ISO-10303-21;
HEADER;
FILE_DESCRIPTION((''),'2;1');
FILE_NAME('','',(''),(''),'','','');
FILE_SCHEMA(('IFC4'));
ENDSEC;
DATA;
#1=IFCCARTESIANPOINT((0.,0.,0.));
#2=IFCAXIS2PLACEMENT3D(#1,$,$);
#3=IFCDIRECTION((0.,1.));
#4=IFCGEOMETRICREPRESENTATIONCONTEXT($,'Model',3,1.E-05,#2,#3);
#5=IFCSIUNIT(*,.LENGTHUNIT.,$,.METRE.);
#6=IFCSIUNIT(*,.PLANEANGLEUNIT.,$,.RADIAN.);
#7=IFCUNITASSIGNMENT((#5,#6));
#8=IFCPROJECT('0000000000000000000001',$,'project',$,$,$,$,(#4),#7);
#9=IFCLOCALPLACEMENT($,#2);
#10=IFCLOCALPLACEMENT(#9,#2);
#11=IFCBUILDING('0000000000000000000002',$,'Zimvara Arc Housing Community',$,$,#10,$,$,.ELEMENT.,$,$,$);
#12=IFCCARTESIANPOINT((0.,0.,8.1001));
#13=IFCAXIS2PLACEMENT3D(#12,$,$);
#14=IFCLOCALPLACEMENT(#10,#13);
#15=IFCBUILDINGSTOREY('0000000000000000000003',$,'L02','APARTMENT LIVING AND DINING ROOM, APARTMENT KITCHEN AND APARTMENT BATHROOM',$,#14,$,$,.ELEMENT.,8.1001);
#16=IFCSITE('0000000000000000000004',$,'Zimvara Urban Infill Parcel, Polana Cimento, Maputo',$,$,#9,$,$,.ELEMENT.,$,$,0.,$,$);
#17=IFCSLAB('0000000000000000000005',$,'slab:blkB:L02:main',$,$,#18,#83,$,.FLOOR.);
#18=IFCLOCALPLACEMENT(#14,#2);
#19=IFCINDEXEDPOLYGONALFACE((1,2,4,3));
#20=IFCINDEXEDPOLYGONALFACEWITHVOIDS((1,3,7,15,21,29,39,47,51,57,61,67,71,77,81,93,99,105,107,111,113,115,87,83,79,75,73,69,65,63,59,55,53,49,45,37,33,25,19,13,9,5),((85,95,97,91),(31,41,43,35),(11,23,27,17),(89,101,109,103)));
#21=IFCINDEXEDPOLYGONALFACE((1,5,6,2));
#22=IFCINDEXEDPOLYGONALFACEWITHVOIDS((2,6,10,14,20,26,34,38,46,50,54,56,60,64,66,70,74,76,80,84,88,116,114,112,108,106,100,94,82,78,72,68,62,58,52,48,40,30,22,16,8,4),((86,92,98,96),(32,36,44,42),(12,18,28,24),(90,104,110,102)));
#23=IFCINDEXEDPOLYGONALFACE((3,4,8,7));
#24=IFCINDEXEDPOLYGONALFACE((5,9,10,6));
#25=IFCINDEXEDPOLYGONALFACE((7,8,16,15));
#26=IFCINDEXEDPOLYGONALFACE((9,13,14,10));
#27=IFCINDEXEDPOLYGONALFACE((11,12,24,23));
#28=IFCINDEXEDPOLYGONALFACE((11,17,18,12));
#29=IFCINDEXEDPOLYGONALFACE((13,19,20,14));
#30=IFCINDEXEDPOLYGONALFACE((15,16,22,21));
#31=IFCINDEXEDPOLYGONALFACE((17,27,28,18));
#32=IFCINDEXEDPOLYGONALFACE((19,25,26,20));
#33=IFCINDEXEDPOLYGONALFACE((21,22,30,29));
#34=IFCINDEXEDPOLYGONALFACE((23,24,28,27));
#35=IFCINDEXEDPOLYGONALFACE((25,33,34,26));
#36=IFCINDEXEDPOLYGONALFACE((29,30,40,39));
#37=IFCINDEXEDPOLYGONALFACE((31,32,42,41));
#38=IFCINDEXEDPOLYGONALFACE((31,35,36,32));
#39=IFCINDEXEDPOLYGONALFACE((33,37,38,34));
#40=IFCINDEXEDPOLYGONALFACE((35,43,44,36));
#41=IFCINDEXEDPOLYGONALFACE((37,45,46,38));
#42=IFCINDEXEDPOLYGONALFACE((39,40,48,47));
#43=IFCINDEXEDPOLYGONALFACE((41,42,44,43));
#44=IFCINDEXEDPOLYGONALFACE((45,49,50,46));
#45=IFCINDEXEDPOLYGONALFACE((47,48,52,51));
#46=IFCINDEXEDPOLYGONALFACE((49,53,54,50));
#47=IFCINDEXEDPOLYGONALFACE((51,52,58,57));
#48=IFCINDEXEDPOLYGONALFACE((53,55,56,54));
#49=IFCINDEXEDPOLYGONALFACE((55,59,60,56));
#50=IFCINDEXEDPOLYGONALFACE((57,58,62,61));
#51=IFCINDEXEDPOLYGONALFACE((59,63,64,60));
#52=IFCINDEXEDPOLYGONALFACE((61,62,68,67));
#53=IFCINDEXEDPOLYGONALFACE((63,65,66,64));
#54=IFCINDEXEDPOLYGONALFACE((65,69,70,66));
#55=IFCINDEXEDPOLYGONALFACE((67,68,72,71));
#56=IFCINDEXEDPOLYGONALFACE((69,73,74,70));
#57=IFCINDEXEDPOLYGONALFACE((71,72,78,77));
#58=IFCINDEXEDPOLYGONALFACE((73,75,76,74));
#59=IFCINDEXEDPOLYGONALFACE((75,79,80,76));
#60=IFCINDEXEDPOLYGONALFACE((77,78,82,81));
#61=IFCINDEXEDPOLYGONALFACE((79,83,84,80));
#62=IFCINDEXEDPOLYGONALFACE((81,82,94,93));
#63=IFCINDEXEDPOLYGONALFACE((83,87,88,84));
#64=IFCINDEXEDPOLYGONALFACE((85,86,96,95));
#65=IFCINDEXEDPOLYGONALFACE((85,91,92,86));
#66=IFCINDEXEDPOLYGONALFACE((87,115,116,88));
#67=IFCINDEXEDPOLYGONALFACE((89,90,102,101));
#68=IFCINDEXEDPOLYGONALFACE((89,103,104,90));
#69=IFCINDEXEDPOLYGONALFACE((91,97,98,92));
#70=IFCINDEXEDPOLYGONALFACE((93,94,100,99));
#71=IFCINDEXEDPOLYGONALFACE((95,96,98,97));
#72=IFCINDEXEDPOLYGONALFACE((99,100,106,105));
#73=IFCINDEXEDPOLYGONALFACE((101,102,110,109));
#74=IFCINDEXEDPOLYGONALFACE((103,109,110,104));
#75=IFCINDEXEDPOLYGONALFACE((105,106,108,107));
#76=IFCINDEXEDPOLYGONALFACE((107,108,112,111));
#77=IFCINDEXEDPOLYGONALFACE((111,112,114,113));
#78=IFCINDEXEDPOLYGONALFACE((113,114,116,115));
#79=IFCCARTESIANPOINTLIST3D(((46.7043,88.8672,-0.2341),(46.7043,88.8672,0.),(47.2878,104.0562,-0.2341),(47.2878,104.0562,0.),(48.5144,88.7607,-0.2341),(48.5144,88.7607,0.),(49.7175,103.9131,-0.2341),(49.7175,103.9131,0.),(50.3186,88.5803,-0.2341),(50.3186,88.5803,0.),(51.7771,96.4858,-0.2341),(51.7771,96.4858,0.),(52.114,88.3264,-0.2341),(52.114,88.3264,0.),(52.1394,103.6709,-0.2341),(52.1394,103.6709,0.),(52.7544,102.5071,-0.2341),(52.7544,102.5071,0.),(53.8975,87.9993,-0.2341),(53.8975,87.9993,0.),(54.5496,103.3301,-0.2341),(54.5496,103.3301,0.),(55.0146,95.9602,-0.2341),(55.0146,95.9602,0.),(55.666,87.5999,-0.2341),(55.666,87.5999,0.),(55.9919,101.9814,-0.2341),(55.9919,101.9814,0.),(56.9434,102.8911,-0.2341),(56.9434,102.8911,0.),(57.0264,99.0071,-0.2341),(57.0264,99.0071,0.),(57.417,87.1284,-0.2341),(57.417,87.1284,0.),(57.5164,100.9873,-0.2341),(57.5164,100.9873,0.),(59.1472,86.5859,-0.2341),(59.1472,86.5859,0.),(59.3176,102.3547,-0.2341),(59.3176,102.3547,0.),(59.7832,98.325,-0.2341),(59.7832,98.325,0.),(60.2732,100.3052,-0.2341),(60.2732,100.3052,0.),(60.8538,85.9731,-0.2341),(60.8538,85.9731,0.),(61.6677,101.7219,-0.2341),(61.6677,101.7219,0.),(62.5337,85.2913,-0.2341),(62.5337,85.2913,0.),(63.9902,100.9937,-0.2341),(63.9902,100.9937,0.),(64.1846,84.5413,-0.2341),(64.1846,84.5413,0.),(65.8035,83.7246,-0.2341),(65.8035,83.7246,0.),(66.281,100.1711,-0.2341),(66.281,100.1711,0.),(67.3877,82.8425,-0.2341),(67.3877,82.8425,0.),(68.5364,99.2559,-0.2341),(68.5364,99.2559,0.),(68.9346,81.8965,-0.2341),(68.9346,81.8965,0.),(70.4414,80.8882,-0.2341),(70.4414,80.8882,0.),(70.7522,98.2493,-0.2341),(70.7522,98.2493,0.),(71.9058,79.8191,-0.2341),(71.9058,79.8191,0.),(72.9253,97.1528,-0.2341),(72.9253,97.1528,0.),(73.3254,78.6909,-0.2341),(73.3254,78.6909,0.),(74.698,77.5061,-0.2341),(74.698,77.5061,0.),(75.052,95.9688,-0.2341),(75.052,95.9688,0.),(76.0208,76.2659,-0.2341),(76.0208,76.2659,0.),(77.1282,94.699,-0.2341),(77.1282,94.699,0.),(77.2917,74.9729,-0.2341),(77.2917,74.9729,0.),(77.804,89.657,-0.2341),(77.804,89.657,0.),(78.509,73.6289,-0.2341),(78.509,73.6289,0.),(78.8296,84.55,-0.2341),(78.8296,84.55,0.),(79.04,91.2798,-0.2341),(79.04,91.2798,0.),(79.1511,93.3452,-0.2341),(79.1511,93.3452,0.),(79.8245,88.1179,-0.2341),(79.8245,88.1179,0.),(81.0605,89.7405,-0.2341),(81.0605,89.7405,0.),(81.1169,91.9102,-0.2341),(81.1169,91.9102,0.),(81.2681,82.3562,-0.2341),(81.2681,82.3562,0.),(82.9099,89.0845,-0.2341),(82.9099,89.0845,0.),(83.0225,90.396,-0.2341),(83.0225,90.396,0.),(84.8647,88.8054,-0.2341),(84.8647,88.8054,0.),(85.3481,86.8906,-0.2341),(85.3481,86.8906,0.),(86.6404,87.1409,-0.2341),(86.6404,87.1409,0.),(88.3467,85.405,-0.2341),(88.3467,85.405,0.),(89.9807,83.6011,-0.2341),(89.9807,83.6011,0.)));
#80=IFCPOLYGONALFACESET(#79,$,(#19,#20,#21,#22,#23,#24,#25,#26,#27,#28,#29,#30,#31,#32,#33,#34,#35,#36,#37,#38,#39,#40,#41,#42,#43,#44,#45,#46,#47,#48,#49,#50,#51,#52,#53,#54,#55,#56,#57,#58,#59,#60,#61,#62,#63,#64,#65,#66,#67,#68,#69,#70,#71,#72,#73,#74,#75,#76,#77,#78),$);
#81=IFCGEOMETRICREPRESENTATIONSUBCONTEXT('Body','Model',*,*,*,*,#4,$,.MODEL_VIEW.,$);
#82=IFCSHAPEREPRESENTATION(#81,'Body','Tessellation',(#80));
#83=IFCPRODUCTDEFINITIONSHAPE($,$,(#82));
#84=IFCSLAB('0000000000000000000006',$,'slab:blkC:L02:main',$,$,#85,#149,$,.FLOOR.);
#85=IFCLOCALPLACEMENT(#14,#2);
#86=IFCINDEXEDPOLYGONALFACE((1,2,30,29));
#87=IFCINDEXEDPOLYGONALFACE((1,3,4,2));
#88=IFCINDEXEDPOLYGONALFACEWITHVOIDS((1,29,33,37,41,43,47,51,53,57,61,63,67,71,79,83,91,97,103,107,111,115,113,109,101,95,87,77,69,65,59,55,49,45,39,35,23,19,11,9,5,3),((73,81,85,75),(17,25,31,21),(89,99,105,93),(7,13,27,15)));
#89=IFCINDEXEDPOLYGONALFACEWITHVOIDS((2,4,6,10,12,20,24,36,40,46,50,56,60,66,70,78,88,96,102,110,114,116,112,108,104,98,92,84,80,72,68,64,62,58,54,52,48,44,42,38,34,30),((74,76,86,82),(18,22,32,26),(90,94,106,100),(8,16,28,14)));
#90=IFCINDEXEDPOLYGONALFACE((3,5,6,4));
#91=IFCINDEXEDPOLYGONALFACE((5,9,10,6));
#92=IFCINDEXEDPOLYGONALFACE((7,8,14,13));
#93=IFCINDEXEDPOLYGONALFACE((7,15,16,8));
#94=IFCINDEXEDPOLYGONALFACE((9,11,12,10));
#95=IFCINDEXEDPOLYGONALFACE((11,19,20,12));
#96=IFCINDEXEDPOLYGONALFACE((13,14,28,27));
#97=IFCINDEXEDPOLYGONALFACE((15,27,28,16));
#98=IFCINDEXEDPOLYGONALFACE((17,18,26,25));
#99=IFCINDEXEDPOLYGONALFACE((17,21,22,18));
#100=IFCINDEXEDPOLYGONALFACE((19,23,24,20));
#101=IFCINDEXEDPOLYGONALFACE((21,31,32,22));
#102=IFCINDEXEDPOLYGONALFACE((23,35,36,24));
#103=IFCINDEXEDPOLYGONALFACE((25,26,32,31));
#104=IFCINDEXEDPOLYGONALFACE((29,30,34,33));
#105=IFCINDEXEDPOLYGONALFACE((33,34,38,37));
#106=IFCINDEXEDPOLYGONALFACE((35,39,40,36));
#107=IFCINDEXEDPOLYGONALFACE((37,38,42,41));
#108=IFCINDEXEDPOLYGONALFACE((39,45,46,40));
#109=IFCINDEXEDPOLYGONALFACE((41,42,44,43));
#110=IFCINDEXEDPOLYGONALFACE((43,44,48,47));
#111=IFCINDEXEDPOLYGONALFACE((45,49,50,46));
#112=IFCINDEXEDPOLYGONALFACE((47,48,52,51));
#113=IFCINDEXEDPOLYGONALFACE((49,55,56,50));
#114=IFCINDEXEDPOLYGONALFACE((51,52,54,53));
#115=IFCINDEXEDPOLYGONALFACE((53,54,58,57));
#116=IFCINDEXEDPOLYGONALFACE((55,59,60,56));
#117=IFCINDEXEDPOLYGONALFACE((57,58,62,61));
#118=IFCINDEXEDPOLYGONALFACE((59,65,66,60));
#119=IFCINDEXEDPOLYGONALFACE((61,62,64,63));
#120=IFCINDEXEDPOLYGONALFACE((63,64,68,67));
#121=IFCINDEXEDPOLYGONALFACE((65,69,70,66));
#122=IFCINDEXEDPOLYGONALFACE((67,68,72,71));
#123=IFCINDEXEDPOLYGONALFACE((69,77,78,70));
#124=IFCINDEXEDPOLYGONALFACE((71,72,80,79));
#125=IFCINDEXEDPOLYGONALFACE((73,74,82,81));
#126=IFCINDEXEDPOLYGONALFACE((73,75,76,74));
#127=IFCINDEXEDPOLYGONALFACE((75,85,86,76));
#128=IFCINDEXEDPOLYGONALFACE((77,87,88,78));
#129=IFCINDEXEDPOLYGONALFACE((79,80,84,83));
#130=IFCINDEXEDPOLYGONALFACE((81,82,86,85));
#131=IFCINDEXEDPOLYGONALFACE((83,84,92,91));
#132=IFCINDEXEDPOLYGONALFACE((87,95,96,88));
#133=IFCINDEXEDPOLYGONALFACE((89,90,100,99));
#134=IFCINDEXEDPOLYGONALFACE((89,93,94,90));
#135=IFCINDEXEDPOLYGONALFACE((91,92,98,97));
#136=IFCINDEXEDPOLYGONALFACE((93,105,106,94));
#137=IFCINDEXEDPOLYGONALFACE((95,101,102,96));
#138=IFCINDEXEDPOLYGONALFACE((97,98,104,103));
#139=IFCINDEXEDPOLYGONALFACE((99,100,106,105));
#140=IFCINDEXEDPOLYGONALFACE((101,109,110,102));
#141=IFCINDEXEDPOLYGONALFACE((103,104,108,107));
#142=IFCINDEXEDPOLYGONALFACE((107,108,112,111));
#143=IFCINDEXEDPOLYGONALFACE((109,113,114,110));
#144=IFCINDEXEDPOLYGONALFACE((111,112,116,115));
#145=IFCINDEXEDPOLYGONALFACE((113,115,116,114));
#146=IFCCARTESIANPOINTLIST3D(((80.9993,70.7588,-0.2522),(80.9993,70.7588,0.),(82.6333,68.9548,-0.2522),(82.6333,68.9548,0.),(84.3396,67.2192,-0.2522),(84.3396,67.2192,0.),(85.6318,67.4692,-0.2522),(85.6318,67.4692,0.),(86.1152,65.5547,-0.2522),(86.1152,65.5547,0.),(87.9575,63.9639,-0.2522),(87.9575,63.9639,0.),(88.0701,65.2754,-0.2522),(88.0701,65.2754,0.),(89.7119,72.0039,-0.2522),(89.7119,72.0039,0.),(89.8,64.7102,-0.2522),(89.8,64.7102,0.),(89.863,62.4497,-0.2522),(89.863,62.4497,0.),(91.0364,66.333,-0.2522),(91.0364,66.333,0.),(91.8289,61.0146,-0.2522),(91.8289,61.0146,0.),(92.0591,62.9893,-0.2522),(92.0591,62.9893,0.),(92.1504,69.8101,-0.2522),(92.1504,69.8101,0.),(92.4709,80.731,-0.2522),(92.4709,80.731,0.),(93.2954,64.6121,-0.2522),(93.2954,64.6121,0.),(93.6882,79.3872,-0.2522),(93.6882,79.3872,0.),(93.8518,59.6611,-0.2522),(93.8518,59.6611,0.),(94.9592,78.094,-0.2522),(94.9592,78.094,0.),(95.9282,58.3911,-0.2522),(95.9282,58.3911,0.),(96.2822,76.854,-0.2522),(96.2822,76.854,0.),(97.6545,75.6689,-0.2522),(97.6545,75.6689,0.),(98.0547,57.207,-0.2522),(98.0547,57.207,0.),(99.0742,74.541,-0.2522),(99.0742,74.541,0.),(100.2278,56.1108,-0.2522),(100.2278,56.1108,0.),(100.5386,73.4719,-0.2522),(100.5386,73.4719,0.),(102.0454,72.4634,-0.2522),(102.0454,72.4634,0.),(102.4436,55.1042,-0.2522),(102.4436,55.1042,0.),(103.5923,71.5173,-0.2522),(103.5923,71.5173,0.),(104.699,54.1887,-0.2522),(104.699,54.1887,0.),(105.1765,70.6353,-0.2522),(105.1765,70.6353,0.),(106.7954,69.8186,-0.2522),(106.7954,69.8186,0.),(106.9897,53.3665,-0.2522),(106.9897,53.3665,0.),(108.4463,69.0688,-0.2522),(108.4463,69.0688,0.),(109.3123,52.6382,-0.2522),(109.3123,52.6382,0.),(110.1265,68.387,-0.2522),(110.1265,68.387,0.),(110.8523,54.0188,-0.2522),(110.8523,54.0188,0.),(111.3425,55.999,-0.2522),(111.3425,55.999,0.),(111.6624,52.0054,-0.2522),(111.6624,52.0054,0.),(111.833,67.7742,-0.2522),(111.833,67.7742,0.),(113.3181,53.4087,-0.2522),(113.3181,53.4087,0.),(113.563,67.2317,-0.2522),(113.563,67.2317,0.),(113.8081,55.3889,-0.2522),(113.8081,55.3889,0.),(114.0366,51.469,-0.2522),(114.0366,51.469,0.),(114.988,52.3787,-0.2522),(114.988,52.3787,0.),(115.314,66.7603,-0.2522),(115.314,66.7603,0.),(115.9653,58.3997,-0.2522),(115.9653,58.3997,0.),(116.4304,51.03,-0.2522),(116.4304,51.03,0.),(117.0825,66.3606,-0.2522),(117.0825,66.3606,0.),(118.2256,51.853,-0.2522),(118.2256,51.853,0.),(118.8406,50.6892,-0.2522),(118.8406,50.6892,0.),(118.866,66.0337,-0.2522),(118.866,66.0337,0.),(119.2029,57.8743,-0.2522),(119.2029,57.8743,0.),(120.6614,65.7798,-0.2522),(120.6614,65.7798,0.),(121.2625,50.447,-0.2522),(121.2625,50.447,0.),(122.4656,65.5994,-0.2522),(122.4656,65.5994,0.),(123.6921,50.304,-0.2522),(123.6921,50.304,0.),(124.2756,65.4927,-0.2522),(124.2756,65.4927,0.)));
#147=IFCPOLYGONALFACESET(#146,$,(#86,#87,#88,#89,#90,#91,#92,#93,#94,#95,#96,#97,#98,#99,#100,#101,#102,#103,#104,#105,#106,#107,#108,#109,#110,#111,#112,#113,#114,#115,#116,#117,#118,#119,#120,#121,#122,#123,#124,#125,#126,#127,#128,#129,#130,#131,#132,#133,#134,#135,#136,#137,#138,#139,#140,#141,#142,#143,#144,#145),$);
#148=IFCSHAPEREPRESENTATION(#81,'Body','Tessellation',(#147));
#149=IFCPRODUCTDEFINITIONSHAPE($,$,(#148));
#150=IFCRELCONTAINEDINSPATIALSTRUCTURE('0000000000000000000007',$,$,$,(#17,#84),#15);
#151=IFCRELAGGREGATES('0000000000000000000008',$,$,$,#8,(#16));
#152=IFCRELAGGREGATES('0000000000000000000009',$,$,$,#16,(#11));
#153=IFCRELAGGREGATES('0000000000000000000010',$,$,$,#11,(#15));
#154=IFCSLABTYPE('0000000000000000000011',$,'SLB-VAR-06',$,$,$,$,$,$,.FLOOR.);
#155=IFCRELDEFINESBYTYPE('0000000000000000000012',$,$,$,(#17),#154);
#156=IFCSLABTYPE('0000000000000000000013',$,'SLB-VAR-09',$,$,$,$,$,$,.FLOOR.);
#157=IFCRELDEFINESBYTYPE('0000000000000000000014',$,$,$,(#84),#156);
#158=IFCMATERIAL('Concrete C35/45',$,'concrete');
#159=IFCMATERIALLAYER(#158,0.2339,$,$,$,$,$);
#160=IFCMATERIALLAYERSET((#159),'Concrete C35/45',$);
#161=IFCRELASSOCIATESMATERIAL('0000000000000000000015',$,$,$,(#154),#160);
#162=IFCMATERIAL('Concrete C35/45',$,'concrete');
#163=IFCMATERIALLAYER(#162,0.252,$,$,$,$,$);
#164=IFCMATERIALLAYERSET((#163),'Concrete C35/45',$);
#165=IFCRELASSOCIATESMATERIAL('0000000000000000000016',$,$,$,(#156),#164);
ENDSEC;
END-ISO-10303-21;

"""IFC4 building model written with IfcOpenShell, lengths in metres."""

from ifc_helpers import new_model, si_unit, direction, frame, origin, place, context, subcontext, project, spatial, polyline, outline, extrude, material, layer, layer_set, type_object, element, save


model = new_model("IFC4")

# Units and contexts
model_context = context("Model", 3, precision=1e-05, world=origin(), true_north=direction((0.0, 1.0)))
body_context = subcontext(model_context, "Body", "Model", "MODEL_VIEW")
ifc_project = project(units=[si_unit("LENGTHUNIT", "METRE"), si_unit("PLANEANGLEUNIT", "RADIAN")], contexts=[model_context])

# Site, building, storey
site_placement = place(None, origin())
site = spatial("IfcSite", under=ifc_project, at=site_placement, Name="Zimvara Urban Infill Parcel, Polana Cimento, Maputo", CompositionType="ELEMENT", RefElevation=0.0)
building_placement = place(site_placement, origin())
building = spatial("IfcBuilding", under=site, at=building_placement, Name="Zimvara Arc Housing Community", CompositionType="ELEMENT")
storey_placement = place(building_placement, frame((0.0, 0.0, 8.1001)))
storey = spatial("IfcBuildingStorey", under=building, at=storey_placement, Name="L02", Description="APARTMENT LIVING AND DINING ROOM, APARTMENT KITCHEN AND APARTMENT BATHROOM", CompositionType="ELEMENT", Elevation=8.1001)

# Slabs
ifc_material_1 = material(Name="Concrete C35/45", Category="concrete")
ifc_layer_1 = layer(ifc_material_1, 0.2339)
ifc_layer_set_1 = layer_set([ifc_layer_1], Name="Concrete C35/45")
slab_type_1 = type_object("IfcSlabType", Name="SLB-VAR-06", PredefinedType="FLOOR", material=ifc_layer_set_1)
slab_1_placement = place(storey_placement, frame((0.0, 0.0, -0.2341)))
element("IfcSlab", 1, at=slab_1_placement, inside=storey, type_object=slab_type_1, Name="slab:blkB:L02:main", PredefinedType="FLOOR", context=body_context, shape_type="SweptSolid", body=[
    extrude(outline(polyline([(46.7043, 88.8672), (48.5144, 88.7607), (50.3186, 88.5803), (52.114, 88.3264), (53.8975, 87.9993), (55.666, 87.5999), (57.417, 87.1284), (59.1472, 86.5859), (60.8538, 85.9731), (62.5337, 85.2913), (64.1846, 84.5413), (65.8035, 83.7246), (67.3877, 82.8425), (68.9346, 81.8965), (70.4414, 80.8882), (71.9058, 79.8191), (73.3254, 78.6909), (74.698, 77.5061), (76.0208, 76.2659), (77.2917, 74.9729), (78.509, 73.6289), (89.9807, 83.6011), (88.3467, 85.405), (86.6404, 87.1409), (84.8647, 88.8054), (83.0225, 90.396), (81.1169, 91.9102), (79.1511, 93.3452), (77.1282, 94.699), (75.052, 95.9688), (72.9253, 97.1528), (70.7522, 98.2493), (68.5364, 99.2559), (66.281, 100.1711), (63.9902, 100.9937), (61.6677, 101.7219), (59.3176, 102.3547), (56.9434, 102.8911), (54.5496, 103.3301), (52.1394, 103.6709), (49.7175, 103.9131), (47.2878, 104.0562), (46.7043, 88.8672)]), holes=[polyline([(51.7771, 96.4858), (52.7544, 102.5071), (55.9919, 101.9814), (55.0146, 95.9602), (51.7771, 96.4858)]), polyline([(78.8296, 84.55), (82.9099, 89.0845), (85.3481, 86.8906), (81.2681, 82.3562), (78.8296, 84.55)]), polyline([(57.0264, 99.0071), (57.5164, 100.9873), (60.2732, 100.3052), (59.7832, 98.325), (57.0264, 99.0071)]), polyline([(77.804, 89.657), (79.04, 91.2798), (81.0605, 89.7405), (79.8245, 88.1179), (77.804, 89.657)])]), origin(), (0.0, 0.0, 1.0), 0.2341),
])
ifc_material_2 = material(Name="Concrete C35/45", Category="concrete")
ifc_layer_2 = layer(ifc_material_2, 0.252)
ifc_layer_set_2 = layer_set([ifc_layer_2], Name="Concrete C35/45")
slab_type_2 = type_object("IfcSlabType", Name="SLB-VAR-09", PredefinedType="FLOOR", material=ifc_layer_set_2)
slab_2_placement = place(storey_placement, frame((0.0, 0.0, -0.2522)))
element("IfcSlab", 2, at=slab_2_placement, inside=storey, type_object=slab_type_2, Name="slab:blkC:L02:main", PredefinedType="FLOOR", context=body_context, shape_type="SweptSolid", body=[
    extrude(outline(polyline([(80.9993, 70.7588), (82.6333, 68.9548), (84.3396, 67.2192), (86.1152, 65.5547), (87.9575, 63.9639), (89.863, 62.4497), (91.8289, 61.0146), (93.8518, 59.6611), (95.9282, 58.3911), (98.0547, 57.207), (100.2278, 56.1108), (102.4436, 55.1042), (104.699, 54.1887), (106.9897, 53.3665), (109.3123, 52.6382), (111.6624, 52.0054), (114.0366, 51.469), (116.4304, 51.03), (118.8406, 50.6892), (121.2625, 50.447), (123.6921, 50.304), (124.2756, 65.4927), (122.4656, 65.5994), (120.6614, 65.7798), (118.866, 66.0337), (117.0825, 66.3606), (115.314, 66.7603), (113.563, 67.2317), (111.833, 67.7742), (110.1265, 68.387), (108.4463, 69.0688), (106.7954, 69.8186), (105.1765, 70.6353), (103.5923, 71.5173), (102.0454, 72.4634), (100.5386, 73.4719), (99.0742, 74.541), (97.6545, 75.6689), (96.2822, 76.854), (94.9592, 78.094), (93.6882, 79.3872), (92.4709, 80.731), (80.9993, 70.7588)]), holes=[polyline([(92.1504, 69.8101), (88.0701, 65.2754), (85.6318, 67.4692), (89.7119, 72.0039), (92.1504, 69.8101)]), polyline([(119.2029, 57.8743), (118.2256, 51.853), (114.988, 52.3787), (115.9653, 58.3997), (119.2029, 57.8743)]), polyline([(93.2954, 64.6121), (92.0591, 62.9893), (89.8, 64.7102), (91.0364, 66.333), (93.2954, 64.6121)]), polyline([(113.8081, 55.3889), (113.3181, 53.4087), (110.8523, 54.0188), (111.3425, 55.999), (113.8081, 55.3889)])]), origin(), (0.0, 0.0, 1.0), 0.2522),
])

save(model, "model.ifc")
